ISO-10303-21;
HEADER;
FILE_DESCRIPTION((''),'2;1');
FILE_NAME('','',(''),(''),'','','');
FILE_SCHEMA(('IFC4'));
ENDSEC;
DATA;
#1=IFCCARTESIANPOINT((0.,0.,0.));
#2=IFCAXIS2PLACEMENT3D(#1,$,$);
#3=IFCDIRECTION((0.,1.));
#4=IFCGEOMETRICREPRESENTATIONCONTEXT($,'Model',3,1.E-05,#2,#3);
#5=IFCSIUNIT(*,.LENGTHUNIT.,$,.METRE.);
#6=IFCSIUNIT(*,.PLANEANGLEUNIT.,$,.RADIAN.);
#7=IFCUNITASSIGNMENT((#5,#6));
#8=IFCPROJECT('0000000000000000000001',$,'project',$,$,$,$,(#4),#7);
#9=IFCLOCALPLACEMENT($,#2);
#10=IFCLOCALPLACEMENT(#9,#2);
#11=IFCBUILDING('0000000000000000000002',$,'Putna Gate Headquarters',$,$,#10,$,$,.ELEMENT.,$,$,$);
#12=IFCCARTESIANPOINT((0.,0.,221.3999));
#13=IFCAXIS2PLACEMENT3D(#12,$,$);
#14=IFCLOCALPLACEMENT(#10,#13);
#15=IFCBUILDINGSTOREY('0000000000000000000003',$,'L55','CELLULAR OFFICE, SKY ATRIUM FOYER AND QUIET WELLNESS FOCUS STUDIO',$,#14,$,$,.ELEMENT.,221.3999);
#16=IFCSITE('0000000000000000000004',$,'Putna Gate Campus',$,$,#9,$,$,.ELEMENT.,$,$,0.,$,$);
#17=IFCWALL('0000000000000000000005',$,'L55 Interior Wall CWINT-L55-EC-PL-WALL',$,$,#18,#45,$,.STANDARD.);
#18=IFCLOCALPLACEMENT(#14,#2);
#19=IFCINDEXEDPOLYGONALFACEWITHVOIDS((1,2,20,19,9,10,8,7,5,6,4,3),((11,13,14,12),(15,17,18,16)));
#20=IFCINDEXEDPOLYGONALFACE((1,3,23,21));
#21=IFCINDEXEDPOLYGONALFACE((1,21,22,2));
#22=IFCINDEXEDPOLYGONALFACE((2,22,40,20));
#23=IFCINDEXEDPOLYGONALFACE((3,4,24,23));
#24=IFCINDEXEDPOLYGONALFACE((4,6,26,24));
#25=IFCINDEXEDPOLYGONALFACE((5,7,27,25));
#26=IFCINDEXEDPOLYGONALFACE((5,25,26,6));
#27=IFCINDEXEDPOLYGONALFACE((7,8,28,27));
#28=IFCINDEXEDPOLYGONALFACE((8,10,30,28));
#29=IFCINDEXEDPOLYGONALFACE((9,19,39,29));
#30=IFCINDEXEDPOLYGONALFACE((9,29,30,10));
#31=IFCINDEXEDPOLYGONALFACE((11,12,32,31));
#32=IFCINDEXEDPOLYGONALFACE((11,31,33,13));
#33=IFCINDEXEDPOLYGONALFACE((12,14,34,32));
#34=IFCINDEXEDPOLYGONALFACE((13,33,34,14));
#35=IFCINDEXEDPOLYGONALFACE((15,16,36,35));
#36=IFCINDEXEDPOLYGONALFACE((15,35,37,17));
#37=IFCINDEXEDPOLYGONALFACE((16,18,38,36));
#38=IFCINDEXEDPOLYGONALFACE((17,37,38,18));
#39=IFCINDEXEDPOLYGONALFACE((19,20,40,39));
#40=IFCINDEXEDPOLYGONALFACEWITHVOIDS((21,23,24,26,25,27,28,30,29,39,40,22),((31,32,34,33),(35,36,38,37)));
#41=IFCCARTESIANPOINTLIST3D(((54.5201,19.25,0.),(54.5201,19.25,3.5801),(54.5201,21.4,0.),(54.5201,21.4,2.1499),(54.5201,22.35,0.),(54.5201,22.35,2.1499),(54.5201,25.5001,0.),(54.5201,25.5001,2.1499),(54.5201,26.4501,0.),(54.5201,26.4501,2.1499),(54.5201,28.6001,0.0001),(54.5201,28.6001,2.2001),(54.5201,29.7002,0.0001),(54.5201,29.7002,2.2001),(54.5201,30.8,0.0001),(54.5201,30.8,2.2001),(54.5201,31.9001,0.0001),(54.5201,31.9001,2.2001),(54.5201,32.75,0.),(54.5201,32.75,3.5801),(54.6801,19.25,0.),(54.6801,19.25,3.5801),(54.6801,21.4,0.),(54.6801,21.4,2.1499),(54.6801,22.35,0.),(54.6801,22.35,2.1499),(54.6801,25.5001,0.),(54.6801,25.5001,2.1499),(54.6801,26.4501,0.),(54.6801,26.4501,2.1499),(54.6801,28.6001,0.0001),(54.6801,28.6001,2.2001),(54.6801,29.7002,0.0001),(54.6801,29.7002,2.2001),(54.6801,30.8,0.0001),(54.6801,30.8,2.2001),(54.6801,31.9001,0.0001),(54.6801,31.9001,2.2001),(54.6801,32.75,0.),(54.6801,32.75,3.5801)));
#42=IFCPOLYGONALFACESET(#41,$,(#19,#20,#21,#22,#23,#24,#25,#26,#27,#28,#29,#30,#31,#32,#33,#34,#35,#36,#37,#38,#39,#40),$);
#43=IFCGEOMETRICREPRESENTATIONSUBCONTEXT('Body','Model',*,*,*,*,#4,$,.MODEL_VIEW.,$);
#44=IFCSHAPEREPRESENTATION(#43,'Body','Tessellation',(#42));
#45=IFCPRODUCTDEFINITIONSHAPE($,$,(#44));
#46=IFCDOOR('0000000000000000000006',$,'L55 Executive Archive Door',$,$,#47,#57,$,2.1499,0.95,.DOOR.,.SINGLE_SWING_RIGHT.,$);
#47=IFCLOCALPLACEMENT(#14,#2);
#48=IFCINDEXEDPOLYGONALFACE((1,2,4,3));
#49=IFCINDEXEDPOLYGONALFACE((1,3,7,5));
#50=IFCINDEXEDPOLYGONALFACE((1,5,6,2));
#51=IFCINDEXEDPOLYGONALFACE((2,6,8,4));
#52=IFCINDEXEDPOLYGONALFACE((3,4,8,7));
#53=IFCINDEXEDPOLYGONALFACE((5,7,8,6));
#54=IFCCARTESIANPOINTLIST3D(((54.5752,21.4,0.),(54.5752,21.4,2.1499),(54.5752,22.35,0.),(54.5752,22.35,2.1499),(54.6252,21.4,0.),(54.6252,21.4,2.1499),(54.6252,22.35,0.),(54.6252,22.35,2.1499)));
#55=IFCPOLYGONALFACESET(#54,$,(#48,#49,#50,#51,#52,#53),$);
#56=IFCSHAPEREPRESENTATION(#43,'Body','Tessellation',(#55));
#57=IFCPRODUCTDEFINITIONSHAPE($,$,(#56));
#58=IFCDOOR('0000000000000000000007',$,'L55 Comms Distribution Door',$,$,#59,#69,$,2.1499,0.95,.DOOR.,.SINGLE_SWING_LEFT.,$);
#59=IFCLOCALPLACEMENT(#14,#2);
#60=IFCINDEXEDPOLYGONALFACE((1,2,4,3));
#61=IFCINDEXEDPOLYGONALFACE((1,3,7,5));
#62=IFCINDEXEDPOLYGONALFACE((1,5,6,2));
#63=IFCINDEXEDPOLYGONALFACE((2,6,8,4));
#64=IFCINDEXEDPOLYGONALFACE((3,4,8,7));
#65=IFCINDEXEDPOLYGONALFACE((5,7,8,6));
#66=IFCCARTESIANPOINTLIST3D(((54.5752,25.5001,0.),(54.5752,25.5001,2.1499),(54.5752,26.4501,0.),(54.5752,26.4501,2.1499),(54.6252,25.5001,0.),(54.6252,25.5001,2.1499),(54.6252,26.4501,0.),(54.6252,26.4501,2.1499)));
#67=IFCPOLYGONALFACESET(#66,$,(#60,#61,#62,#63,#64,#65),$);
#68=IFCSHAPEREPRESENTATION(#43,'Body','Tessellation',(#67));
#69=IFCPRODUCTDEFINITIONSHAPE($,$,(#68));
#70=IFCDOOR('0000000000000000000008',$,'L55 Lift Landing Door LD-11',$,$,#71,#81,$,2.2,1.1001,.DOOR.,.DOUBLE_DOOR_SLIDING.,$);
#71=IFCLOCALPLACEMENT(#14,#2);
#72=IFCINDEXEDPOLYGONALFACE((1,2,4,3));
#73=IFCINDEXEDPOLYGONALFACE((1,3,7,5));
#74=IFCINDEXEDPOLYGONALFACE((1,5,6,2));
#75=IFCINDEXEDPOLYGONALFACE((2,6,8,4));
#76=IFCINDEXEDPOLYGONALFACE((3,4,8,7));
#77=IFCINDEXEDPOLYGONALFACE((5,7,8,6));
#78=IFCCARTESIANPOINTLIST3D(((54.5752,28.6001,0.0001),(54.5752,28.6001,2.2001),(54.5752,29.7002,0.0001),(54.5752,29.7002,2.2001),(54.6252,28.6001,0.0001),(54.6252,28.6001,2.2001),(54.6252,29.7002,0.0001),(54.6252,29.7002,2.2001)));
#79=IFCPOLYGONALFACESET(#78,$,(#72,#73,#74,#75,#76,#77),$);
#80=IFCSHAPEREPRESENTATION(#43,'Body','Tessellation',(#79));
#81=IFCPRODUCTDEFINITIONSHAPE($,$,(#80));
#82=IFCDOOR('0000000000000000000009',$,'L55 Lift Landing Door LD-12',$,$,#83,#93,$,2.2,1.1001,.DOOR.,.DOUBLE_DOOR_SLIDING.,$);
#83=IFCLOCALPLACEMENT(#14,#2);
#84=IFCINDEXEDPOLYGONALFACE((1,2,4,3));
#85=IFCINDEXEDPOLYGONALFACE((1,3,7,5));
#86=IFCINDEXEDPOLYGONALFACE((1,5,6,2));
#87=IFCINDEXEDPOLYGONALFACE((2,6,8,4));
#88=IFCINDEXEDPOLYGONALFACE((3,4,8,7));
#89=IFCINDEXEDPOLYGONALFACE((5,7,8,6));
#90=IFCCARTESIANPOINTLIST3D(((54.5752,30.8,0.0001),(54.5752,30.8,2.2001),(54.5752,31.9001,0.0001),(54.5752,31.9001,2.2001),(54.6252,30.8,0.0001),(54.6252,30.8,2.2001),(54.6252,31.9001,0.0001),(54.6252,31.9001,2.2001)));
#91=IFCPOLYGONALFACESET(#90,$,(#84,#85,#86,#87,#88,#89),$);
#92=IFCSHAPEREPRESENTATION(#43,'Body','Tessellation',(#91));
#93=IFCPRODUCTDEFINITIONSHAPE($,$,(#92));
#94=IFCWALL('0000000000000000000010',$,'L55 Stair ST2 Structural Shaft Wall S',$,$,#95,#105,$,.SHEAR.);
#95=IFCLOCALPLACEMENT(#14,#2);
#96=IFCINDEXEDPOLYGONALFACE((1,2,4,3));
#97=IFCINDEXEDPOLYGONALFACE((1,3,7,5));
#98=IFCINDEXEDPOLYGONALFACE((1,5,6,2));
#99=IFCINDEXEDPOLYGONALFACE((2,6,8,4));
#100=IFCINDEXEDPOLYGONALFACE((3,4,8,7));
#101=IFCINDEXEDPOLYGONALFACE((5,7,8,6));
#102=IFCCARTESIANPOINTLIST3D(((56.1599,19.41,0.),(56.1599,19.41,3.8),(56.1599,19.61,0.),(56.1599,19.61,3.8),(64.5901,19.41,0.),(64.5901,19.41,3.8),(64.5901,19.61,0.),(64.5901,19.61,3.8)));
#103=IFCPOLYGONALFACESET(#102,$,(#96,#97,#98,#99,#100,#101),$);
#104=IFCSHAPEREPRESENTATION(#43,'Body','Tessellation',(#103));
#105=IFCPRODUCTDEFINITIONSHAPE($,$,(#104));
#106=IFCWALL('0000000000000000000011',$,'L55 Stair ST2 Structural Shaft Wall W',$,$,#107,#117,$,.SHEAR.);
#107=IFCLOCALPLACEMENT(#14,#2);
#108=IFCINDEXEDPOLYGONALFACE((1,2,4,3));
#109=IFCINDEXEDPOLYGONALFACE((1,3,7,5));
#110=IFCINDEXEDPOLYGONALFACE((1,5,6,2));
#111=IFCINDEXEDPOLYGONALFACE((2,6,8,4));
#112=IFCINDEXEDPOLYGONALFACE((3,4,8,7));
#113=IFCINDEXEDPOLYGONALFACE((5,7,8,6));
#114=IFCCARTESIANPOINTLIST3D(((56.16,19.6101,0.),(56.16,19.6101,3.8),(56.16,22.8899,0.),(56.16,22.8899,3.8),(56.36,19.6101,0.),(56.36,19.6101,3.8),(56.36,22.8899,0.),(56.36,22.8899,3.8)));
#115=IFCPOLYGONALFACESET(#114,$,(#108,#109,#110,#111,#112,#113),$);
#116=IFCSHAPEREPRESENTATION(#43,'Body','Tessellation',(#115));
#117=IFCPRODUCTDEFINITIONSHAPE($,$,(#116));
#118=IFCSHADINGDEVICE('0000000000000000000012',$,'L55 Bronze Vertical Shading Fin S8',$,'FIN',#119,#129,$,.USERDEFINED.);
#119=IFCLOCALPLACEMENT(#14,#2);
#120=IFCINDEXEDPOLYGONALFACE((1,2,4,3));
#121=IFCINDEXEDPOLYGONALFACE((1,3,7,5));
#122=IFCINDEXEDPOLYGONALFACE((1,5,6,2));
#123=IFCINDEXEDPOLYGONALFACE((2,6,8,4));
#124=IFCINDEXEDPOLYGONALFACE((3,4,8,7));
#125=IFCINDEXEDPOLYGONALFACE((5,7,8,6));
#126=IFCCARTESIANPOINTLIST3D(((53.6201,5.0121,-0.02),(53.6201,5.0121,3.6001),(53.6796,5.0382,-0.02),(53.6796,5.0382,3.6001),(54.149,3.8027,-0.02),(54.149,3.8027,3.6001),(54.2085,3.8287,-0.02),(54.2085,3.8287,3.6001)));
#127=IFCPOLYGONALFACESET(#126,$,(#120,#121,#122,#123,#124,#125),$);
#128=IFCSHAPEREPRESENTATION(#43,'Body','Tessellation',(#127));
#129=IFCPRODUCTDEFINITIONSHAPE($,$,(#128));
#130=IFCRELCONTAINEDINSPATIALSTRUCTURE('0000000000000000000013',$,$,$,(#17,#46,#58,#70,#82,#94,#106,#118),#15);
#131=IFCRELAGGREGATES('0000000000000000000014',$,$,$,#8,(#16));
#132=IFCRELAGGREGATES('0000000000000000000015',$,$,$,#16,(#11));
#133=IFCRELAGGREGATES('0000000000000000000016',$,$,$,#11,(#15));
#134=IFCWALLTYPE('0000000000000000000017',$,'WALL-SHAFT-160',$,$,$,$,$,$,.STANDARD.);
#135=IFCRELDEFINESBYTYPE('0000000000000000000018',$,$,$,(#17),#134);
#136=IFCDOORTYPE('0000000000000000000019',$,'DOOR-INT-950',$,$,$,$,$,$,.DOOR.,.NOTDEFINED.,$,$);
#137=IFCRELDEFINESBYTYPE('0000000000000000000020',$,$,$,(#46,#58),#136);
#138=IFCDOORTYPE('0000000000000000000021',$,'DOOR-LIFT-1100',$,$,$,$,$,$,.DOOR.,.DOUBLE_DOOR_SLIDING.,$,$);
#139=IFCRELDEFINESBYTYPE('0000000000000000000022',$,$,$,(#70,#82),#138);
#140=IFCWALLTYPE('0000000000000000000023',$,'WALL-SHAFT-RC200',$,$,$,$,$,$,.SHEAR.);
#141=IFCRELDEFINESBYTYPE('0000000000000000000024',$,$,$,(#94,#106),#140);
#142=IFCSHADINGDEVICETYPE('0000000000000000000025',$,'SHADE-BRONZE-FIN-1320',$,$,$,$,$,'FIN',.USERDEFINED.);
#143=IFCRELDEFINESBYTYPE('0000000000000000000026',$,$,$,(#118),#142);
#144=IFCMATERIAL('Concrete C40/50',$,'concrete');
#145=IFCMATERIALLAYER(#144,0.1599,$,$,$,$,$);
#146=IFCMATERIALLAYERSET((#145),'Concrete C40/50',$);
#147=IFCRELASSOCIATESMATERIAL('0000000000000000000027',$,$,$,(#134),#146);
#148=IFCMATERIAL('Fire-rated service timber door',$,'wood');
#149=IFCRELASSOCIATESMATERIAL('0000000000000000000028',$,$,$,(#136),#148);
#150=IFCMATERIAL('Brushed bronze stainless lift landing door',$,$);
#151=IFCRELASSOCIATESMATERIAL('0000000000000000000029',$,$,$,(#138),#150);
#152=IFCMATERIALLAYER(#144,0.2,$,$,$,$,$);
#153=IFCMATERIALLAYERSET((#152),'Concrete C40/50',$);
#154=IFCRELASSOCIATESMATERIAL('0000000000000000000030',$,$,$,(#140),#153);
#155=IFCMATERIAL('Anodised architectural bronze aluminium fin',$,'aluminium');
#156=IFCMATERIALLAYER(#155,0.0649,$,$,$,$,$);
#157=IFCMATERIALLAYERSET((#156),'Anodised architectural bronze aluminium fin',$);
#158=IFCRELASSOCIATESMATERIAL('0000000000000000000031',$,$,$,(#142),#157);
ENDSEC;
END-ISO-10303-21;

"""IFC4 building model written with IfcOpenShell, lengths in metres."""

from ifc_helpers import new_model, si_unit, direction, frame, frame_2d, origin, origin_2d, place, context, subcontext, project, spatial, rectangle, extrude, material, layer, layer_set, type_object, element, fill, save


model = new_model("IFC4")

# Units and contexts
model_context = context("Model", 3, precision=1e-05, world=origin(), true_north=direction((0.0, 1.0)))
body_context = subcontext(model_context, "Body", "Model", "MODEL_VIEW")
ifc_project = project(units=[si_unit("LENGTHUNIT", "METRE"), si_unit("PLANEANGLEUNIT", "RADIAN")], contexts=[model_context])

# Site, building, storey
site_placement = place(None, origin())
site = spatial("IfcSite", under=ifc_project, at=site_placement, Name="Putna Gate Campus", CompositionType="ELEMENT", RefElevation=0.0)
building_placement = place(site_placement, origin())
building = spatial("IfcBuilding", under=site, at=building_placement, Name="Putna Gate Headquarters", CompositionType="ELEMENT")
storey_placement = place(building_placement, frame((0.0, 0.0, 221.3999)))
storey = spatial("IfcBuildingStorey", under=building, at=storey_placement, Name="L55", Description="CELLULAR OFFICE, SKY ATRIUM FOYER AND QUIET WELLNESS FOCUS STUDIO", CompositionType="ELEMENT", Elevation=221.3999)

# Wall, openings, doors
ifc_material_1 = material(Name="Concrete C40/50", Category="concrete")
ifc_layer_1 = layer(ifc_material_1, 0.1599)
ifc_layer_set_1 = layer_set([ifc_layer_1], Name="Concrete C40/50")
wall_type_1 = type_object("IfcWallType", Name="WALL-SHAFT-160", PredefinedType="STANDARD", material=ifc_layer_set_1)
wall_1_placement = place(storey_placement, frame((54.6001, 19.25, 0.0), z_axis=(0.0, 0.0, 1.0), x_axis=(0.0, 1.0, 0.0)))
wall_1 = element("IfcWall", 1, at=wall_1_placement, inside=storey, type_object=wall_type_1, Name="L55 Interior Wall CWINT-L55-EC-PL-WALL", PredefinedType="STANDARD", context=body_context, shape_type="SweptSolid", body=[
    extrude(rectangle(XDim=13.5, YDim=0.1599, at=frame_2d((6.75, 0.0))), origin(), (0.0, 0.0, 1.0), 3.5801),
])
opening_1_placement = place(wall_1_placement, frame((2.1499, 0.0, 0.0)))
opening_1 = element("IfcOpeningElement", 2, at=opening_1_placement, cuts=wall_1, PredefinedType="OPENING", context=body_context, shape_type="SweptSolid", body=[
    extrude(rectangle(XDim=0.95, YDim=2.1499, at=frame_2d((0.4751, 1.075))), frame((0.0, 0.0898, 0.0), z_axis=(0.0, -1.0, 0.0), x_axis=(1.0, 0.0, 0.0)), (0.0, 0.0, 1.0), 0.1799),
])
opening_2_placement = place(wall_1_placement, frame((6.25, 0.0, 0.0)))
opening_2 = element("IfcOpeningElement", 3, at=opening_2_placement, cuts=wall_1, PredefinedType="OPENING", context=body_context, shape_type="SweptSolid", body=[
    extrude(rectangle(XDim=0.95, YDim=2.1499, at=frame_2d((0.4751, 1.075))), frame((0.0, 0.0898, 0.0), z_axis=(0.0, -1.0, 0.0), x_axis=(1.0, 0.0, 0.0)), (0.0, 0.0, 1.0), 0.1799),
])
opening_3_placement = place(wall_1_placement, frame((9.3501, 0.0, 0.0)))
opening_3 = element("IfcOpeningElement", 4, at=opening_3_placement, cuts=wall_1, PredefinedType="OPENING", context=body_context, shape_type="SweptSolid", body=[
    extrude(rectangle(XDim=1.1001, YDim=2.2, at=frame_2d((0.55, 1.1001))), frame((0.0, 0.0898, 0.0), z_axis=(0.0, -1.0, 0.0), x_axis=(1.0, 0.0, 0.0)), (0.0, 0.0, 1.0), 0.1799),
])
opening_4_placement = place(wall_1_placement, frame((11.55, 0.0, 0.0)))
opening_4 = element("IfcOpeningElement", 5, at=opening_4_placement, cuts=wall_1, PredefinedType="OPENING", context=body_context, shape_type="SweptSolid", body=[
    extrude(rectangle(XDim=1.1001, YDim=2.2, at=frame_2d((0.55, 1.1001))), frame((0.0, 0.0898, 0.0), z_axis=(0.0, -1.0, 0.0), x_axis=(1.0, 0.0, 0.0)), (0.0, 0.0, 1.0), 0.1799),
])
ifc_material_2 = material(Name="Fire-rated service timber door", Category="wood")
door_type_1 = type_object("IfcDoorType", Name="DOOR-INT-950", OperationType="NOTDEFINED", PredefinedType="DOOR", material=ifc_material_2)
door_1_placement = place(opening_1_placement, origin())
door_1 = element("IfcDoor", 6, at=door_1_placement, inside=storey, type_object=door_type_1, Name="L55 Executive Archive Door", OperationType="SINGLE_SWING_RIGHT", OverallHeight=2.1499, OverallWidth=0.95, PredefinedType="DOOR", context=body_context, shape_type="SweptSolid", body=[
    extrude(rectangle(XDim=0.95, YDim=2.1499, at=frame_2d((0.4751, 1.075))), frame((0.0, 0.0249, 0.0), z_axis=(0.0, -1.0, 0.0), x_axis=(1.0, 0.0, 0.0)), (0.0, 0.0, 1.0), 0.05),
])
fill(opening_1, door_1)
door_2_placement = place(opening_2_placement, origin())
door_2 = element("IfcDoor", 7, at=door_2_placement, inside=storey, type_object=door_type_1, Name="L55 Comms Distribution Door", OperationType="SINGLE_SWING_LEFT", OverallHeight=2.1499, OverallWidth=0.95, PredefinedType="DOOR", context=body_context, shape_type="SweptSolid", body=[
    extrude(rectangle(XDim=0.95, YDim=2.1499, at=frame_2d((0.4751, 1.075))), frame((0.0, 0.0249, 0.0), z_axis=(0.0, -1.0, 0.0), x_axis=(1.0, 0.0, 0.0)), (0.0, 0.0, 1.0), 0.05),
])
fill(opening_2, door_2)
ifc_material_3 = material(Name="Brushed bronze stainless lift landing door")
door_type_2 = type_object("IfcDoorType", Name="DOOR-LIFT-1100", OperationType="DOUBLE_DOOR_SLIDING", PredefinedType="DOOR", material=ifc_material_3)
door_3_placement = place(opening_3_placement, origin())
door_3 = element("IfcDoor", 8, at=door_3_placement, inside=storey, type_object=door_type_2, Name="L55 Lift Landing Door LD-11", OperationType="DOUBLE_DOOR_SLIDING", OverallHeight=2.2, OverallWidth=1.1001, PredefinedType="DOOR", context=body_context, shape_type="SweptSolid", body=[
    extrude(rectangle(XDim=1.1001, YDim=2.2, at=frame_2d((0.55, 1.1001))), frame((0.0, 0.0249, 0.0), z_axis=(0.0, -1.0, 0.0), x_axis=(1.0, 0.0, 0.0)), (0.0, 0.0, 1.0), 0.05),
])
fill(opening_3, door_3)
door_4_placement = place(opening_4_placement, origin())
door_4 = element("IfcDoor", 9, at=door_4_placement, inside=storey, type_object=door_type_2, Name="L55 Lift Landing Door LD-12", OperationType="DOUBLE_DOOR_SLIDING", OverallHeight=2.2, OverallWidth=1.1001, PredefinedType="DOOR", context=body_context, shape_type="SweptSolid", body=[
    extrude(rectangle(XDim=1.1001, YDim=2.2, at=frame_2d((0.55, 1.1001))), frame((0.0, 0.0249, 0.0), z_axis=(0.0, -1.0, 0.0), x_axis=(1.0, 0.0, 0.0)), (0.0, 0.0, 1.0), 0.05),
])
fill(opening_4, door_4)

# Walls
ifc_layer_2 = layer(ifc_material_1, 0.2)
ifc_layer_set_2 = layer_set([ifc_layer_2], Name="Concrete C40/50")
wall_type_2 = type_object("IfcWallType", Name="WALL-SHAFT-RC200", PredefinedType="SHEAR", material=ifc_layer_set_2)
wall_2_placement = place(storey_placement, frame((56.1599, 19.51, 0.0), z_axis=(0.0, 0.0, 1.0), x_axis=(1.0, 0.0, 0.0)))
element("IfcWall", 10, at=wall_2_placement, inside=storey, type_object=wall_type_2, Name="L55 Stair ST2 Structural Shaft Wall S", PredefinedType="SHEAR", context=body_context, shape_type="SweptSolid", body=[
    extrude(rectangle(XDim=8.4302, YDim=0.2, at=frame_2d((4.2151, 0.0))), origin(), (0.0, 0.0, 1.0), 3.8),
])
wall_3_placement = place(storey_placement, frame((56.26, 19.6101, 0.0), z_axis=(0.0, 0.0, 1.0), x_axis=(0.0, 1.0, 0.0)))
element("IfcWall", 11, at=wall_3_placement, inside=storey, type_object=wall_type_2, Name="L55 Stair ST2 Structural Shaft Wall W", PredefinedType="SHEAR", context=body_context, shape_type="SweptSolid", body=[
    extrude(rectangle(XDim=3.2798, YDim=0.2, at=frame_2d((1.6399, 0.0))), origin(), (0.0, 0.0, 1.0), 3.8),
])

# Shading device
ifc_material_4 = material(Name="Anodised architectural bronze aluminium fin", Category="aluminium")
ifc_layer_3 = layer(ifc_material_4, 0.0649)
ifc_layer_set_3 = layer_set([ifc_layer_3], Name="Anodised architectural bronze aluminium fin")
shading_device_type = type_object("IfcShadingDeviceType", Name="SHADE-BRONZE-FIN-1320", ElementType="FIN", PredefinedType="USERDEFINED", material=ifc_layer_set_3)
shading_device_placement = place(storey_placement, frame((53.9143, 4.4204, -0.02), z_axis=(0.0, 0.0, 1.0), x_axis=(0.400669, -0.916223, 0.0)))
element("IfcShadingDevice", 12, at=shading_device_placement, inside=storey, type_object=shading_device_type, Name="L55 Bronze Vertical Shading Fin S8", ObjectType="FIN", PredefinedType="USERDEFINED", context=body_context, shape_type="SweptSolid", body=[
    extrude(rectangle(XDim=1.3201, YDim=0.0649, at=origin_2d()), origin(), (0.0, 0.0, 1.0), 3.6201),
])

save(model, "model.ifc")
